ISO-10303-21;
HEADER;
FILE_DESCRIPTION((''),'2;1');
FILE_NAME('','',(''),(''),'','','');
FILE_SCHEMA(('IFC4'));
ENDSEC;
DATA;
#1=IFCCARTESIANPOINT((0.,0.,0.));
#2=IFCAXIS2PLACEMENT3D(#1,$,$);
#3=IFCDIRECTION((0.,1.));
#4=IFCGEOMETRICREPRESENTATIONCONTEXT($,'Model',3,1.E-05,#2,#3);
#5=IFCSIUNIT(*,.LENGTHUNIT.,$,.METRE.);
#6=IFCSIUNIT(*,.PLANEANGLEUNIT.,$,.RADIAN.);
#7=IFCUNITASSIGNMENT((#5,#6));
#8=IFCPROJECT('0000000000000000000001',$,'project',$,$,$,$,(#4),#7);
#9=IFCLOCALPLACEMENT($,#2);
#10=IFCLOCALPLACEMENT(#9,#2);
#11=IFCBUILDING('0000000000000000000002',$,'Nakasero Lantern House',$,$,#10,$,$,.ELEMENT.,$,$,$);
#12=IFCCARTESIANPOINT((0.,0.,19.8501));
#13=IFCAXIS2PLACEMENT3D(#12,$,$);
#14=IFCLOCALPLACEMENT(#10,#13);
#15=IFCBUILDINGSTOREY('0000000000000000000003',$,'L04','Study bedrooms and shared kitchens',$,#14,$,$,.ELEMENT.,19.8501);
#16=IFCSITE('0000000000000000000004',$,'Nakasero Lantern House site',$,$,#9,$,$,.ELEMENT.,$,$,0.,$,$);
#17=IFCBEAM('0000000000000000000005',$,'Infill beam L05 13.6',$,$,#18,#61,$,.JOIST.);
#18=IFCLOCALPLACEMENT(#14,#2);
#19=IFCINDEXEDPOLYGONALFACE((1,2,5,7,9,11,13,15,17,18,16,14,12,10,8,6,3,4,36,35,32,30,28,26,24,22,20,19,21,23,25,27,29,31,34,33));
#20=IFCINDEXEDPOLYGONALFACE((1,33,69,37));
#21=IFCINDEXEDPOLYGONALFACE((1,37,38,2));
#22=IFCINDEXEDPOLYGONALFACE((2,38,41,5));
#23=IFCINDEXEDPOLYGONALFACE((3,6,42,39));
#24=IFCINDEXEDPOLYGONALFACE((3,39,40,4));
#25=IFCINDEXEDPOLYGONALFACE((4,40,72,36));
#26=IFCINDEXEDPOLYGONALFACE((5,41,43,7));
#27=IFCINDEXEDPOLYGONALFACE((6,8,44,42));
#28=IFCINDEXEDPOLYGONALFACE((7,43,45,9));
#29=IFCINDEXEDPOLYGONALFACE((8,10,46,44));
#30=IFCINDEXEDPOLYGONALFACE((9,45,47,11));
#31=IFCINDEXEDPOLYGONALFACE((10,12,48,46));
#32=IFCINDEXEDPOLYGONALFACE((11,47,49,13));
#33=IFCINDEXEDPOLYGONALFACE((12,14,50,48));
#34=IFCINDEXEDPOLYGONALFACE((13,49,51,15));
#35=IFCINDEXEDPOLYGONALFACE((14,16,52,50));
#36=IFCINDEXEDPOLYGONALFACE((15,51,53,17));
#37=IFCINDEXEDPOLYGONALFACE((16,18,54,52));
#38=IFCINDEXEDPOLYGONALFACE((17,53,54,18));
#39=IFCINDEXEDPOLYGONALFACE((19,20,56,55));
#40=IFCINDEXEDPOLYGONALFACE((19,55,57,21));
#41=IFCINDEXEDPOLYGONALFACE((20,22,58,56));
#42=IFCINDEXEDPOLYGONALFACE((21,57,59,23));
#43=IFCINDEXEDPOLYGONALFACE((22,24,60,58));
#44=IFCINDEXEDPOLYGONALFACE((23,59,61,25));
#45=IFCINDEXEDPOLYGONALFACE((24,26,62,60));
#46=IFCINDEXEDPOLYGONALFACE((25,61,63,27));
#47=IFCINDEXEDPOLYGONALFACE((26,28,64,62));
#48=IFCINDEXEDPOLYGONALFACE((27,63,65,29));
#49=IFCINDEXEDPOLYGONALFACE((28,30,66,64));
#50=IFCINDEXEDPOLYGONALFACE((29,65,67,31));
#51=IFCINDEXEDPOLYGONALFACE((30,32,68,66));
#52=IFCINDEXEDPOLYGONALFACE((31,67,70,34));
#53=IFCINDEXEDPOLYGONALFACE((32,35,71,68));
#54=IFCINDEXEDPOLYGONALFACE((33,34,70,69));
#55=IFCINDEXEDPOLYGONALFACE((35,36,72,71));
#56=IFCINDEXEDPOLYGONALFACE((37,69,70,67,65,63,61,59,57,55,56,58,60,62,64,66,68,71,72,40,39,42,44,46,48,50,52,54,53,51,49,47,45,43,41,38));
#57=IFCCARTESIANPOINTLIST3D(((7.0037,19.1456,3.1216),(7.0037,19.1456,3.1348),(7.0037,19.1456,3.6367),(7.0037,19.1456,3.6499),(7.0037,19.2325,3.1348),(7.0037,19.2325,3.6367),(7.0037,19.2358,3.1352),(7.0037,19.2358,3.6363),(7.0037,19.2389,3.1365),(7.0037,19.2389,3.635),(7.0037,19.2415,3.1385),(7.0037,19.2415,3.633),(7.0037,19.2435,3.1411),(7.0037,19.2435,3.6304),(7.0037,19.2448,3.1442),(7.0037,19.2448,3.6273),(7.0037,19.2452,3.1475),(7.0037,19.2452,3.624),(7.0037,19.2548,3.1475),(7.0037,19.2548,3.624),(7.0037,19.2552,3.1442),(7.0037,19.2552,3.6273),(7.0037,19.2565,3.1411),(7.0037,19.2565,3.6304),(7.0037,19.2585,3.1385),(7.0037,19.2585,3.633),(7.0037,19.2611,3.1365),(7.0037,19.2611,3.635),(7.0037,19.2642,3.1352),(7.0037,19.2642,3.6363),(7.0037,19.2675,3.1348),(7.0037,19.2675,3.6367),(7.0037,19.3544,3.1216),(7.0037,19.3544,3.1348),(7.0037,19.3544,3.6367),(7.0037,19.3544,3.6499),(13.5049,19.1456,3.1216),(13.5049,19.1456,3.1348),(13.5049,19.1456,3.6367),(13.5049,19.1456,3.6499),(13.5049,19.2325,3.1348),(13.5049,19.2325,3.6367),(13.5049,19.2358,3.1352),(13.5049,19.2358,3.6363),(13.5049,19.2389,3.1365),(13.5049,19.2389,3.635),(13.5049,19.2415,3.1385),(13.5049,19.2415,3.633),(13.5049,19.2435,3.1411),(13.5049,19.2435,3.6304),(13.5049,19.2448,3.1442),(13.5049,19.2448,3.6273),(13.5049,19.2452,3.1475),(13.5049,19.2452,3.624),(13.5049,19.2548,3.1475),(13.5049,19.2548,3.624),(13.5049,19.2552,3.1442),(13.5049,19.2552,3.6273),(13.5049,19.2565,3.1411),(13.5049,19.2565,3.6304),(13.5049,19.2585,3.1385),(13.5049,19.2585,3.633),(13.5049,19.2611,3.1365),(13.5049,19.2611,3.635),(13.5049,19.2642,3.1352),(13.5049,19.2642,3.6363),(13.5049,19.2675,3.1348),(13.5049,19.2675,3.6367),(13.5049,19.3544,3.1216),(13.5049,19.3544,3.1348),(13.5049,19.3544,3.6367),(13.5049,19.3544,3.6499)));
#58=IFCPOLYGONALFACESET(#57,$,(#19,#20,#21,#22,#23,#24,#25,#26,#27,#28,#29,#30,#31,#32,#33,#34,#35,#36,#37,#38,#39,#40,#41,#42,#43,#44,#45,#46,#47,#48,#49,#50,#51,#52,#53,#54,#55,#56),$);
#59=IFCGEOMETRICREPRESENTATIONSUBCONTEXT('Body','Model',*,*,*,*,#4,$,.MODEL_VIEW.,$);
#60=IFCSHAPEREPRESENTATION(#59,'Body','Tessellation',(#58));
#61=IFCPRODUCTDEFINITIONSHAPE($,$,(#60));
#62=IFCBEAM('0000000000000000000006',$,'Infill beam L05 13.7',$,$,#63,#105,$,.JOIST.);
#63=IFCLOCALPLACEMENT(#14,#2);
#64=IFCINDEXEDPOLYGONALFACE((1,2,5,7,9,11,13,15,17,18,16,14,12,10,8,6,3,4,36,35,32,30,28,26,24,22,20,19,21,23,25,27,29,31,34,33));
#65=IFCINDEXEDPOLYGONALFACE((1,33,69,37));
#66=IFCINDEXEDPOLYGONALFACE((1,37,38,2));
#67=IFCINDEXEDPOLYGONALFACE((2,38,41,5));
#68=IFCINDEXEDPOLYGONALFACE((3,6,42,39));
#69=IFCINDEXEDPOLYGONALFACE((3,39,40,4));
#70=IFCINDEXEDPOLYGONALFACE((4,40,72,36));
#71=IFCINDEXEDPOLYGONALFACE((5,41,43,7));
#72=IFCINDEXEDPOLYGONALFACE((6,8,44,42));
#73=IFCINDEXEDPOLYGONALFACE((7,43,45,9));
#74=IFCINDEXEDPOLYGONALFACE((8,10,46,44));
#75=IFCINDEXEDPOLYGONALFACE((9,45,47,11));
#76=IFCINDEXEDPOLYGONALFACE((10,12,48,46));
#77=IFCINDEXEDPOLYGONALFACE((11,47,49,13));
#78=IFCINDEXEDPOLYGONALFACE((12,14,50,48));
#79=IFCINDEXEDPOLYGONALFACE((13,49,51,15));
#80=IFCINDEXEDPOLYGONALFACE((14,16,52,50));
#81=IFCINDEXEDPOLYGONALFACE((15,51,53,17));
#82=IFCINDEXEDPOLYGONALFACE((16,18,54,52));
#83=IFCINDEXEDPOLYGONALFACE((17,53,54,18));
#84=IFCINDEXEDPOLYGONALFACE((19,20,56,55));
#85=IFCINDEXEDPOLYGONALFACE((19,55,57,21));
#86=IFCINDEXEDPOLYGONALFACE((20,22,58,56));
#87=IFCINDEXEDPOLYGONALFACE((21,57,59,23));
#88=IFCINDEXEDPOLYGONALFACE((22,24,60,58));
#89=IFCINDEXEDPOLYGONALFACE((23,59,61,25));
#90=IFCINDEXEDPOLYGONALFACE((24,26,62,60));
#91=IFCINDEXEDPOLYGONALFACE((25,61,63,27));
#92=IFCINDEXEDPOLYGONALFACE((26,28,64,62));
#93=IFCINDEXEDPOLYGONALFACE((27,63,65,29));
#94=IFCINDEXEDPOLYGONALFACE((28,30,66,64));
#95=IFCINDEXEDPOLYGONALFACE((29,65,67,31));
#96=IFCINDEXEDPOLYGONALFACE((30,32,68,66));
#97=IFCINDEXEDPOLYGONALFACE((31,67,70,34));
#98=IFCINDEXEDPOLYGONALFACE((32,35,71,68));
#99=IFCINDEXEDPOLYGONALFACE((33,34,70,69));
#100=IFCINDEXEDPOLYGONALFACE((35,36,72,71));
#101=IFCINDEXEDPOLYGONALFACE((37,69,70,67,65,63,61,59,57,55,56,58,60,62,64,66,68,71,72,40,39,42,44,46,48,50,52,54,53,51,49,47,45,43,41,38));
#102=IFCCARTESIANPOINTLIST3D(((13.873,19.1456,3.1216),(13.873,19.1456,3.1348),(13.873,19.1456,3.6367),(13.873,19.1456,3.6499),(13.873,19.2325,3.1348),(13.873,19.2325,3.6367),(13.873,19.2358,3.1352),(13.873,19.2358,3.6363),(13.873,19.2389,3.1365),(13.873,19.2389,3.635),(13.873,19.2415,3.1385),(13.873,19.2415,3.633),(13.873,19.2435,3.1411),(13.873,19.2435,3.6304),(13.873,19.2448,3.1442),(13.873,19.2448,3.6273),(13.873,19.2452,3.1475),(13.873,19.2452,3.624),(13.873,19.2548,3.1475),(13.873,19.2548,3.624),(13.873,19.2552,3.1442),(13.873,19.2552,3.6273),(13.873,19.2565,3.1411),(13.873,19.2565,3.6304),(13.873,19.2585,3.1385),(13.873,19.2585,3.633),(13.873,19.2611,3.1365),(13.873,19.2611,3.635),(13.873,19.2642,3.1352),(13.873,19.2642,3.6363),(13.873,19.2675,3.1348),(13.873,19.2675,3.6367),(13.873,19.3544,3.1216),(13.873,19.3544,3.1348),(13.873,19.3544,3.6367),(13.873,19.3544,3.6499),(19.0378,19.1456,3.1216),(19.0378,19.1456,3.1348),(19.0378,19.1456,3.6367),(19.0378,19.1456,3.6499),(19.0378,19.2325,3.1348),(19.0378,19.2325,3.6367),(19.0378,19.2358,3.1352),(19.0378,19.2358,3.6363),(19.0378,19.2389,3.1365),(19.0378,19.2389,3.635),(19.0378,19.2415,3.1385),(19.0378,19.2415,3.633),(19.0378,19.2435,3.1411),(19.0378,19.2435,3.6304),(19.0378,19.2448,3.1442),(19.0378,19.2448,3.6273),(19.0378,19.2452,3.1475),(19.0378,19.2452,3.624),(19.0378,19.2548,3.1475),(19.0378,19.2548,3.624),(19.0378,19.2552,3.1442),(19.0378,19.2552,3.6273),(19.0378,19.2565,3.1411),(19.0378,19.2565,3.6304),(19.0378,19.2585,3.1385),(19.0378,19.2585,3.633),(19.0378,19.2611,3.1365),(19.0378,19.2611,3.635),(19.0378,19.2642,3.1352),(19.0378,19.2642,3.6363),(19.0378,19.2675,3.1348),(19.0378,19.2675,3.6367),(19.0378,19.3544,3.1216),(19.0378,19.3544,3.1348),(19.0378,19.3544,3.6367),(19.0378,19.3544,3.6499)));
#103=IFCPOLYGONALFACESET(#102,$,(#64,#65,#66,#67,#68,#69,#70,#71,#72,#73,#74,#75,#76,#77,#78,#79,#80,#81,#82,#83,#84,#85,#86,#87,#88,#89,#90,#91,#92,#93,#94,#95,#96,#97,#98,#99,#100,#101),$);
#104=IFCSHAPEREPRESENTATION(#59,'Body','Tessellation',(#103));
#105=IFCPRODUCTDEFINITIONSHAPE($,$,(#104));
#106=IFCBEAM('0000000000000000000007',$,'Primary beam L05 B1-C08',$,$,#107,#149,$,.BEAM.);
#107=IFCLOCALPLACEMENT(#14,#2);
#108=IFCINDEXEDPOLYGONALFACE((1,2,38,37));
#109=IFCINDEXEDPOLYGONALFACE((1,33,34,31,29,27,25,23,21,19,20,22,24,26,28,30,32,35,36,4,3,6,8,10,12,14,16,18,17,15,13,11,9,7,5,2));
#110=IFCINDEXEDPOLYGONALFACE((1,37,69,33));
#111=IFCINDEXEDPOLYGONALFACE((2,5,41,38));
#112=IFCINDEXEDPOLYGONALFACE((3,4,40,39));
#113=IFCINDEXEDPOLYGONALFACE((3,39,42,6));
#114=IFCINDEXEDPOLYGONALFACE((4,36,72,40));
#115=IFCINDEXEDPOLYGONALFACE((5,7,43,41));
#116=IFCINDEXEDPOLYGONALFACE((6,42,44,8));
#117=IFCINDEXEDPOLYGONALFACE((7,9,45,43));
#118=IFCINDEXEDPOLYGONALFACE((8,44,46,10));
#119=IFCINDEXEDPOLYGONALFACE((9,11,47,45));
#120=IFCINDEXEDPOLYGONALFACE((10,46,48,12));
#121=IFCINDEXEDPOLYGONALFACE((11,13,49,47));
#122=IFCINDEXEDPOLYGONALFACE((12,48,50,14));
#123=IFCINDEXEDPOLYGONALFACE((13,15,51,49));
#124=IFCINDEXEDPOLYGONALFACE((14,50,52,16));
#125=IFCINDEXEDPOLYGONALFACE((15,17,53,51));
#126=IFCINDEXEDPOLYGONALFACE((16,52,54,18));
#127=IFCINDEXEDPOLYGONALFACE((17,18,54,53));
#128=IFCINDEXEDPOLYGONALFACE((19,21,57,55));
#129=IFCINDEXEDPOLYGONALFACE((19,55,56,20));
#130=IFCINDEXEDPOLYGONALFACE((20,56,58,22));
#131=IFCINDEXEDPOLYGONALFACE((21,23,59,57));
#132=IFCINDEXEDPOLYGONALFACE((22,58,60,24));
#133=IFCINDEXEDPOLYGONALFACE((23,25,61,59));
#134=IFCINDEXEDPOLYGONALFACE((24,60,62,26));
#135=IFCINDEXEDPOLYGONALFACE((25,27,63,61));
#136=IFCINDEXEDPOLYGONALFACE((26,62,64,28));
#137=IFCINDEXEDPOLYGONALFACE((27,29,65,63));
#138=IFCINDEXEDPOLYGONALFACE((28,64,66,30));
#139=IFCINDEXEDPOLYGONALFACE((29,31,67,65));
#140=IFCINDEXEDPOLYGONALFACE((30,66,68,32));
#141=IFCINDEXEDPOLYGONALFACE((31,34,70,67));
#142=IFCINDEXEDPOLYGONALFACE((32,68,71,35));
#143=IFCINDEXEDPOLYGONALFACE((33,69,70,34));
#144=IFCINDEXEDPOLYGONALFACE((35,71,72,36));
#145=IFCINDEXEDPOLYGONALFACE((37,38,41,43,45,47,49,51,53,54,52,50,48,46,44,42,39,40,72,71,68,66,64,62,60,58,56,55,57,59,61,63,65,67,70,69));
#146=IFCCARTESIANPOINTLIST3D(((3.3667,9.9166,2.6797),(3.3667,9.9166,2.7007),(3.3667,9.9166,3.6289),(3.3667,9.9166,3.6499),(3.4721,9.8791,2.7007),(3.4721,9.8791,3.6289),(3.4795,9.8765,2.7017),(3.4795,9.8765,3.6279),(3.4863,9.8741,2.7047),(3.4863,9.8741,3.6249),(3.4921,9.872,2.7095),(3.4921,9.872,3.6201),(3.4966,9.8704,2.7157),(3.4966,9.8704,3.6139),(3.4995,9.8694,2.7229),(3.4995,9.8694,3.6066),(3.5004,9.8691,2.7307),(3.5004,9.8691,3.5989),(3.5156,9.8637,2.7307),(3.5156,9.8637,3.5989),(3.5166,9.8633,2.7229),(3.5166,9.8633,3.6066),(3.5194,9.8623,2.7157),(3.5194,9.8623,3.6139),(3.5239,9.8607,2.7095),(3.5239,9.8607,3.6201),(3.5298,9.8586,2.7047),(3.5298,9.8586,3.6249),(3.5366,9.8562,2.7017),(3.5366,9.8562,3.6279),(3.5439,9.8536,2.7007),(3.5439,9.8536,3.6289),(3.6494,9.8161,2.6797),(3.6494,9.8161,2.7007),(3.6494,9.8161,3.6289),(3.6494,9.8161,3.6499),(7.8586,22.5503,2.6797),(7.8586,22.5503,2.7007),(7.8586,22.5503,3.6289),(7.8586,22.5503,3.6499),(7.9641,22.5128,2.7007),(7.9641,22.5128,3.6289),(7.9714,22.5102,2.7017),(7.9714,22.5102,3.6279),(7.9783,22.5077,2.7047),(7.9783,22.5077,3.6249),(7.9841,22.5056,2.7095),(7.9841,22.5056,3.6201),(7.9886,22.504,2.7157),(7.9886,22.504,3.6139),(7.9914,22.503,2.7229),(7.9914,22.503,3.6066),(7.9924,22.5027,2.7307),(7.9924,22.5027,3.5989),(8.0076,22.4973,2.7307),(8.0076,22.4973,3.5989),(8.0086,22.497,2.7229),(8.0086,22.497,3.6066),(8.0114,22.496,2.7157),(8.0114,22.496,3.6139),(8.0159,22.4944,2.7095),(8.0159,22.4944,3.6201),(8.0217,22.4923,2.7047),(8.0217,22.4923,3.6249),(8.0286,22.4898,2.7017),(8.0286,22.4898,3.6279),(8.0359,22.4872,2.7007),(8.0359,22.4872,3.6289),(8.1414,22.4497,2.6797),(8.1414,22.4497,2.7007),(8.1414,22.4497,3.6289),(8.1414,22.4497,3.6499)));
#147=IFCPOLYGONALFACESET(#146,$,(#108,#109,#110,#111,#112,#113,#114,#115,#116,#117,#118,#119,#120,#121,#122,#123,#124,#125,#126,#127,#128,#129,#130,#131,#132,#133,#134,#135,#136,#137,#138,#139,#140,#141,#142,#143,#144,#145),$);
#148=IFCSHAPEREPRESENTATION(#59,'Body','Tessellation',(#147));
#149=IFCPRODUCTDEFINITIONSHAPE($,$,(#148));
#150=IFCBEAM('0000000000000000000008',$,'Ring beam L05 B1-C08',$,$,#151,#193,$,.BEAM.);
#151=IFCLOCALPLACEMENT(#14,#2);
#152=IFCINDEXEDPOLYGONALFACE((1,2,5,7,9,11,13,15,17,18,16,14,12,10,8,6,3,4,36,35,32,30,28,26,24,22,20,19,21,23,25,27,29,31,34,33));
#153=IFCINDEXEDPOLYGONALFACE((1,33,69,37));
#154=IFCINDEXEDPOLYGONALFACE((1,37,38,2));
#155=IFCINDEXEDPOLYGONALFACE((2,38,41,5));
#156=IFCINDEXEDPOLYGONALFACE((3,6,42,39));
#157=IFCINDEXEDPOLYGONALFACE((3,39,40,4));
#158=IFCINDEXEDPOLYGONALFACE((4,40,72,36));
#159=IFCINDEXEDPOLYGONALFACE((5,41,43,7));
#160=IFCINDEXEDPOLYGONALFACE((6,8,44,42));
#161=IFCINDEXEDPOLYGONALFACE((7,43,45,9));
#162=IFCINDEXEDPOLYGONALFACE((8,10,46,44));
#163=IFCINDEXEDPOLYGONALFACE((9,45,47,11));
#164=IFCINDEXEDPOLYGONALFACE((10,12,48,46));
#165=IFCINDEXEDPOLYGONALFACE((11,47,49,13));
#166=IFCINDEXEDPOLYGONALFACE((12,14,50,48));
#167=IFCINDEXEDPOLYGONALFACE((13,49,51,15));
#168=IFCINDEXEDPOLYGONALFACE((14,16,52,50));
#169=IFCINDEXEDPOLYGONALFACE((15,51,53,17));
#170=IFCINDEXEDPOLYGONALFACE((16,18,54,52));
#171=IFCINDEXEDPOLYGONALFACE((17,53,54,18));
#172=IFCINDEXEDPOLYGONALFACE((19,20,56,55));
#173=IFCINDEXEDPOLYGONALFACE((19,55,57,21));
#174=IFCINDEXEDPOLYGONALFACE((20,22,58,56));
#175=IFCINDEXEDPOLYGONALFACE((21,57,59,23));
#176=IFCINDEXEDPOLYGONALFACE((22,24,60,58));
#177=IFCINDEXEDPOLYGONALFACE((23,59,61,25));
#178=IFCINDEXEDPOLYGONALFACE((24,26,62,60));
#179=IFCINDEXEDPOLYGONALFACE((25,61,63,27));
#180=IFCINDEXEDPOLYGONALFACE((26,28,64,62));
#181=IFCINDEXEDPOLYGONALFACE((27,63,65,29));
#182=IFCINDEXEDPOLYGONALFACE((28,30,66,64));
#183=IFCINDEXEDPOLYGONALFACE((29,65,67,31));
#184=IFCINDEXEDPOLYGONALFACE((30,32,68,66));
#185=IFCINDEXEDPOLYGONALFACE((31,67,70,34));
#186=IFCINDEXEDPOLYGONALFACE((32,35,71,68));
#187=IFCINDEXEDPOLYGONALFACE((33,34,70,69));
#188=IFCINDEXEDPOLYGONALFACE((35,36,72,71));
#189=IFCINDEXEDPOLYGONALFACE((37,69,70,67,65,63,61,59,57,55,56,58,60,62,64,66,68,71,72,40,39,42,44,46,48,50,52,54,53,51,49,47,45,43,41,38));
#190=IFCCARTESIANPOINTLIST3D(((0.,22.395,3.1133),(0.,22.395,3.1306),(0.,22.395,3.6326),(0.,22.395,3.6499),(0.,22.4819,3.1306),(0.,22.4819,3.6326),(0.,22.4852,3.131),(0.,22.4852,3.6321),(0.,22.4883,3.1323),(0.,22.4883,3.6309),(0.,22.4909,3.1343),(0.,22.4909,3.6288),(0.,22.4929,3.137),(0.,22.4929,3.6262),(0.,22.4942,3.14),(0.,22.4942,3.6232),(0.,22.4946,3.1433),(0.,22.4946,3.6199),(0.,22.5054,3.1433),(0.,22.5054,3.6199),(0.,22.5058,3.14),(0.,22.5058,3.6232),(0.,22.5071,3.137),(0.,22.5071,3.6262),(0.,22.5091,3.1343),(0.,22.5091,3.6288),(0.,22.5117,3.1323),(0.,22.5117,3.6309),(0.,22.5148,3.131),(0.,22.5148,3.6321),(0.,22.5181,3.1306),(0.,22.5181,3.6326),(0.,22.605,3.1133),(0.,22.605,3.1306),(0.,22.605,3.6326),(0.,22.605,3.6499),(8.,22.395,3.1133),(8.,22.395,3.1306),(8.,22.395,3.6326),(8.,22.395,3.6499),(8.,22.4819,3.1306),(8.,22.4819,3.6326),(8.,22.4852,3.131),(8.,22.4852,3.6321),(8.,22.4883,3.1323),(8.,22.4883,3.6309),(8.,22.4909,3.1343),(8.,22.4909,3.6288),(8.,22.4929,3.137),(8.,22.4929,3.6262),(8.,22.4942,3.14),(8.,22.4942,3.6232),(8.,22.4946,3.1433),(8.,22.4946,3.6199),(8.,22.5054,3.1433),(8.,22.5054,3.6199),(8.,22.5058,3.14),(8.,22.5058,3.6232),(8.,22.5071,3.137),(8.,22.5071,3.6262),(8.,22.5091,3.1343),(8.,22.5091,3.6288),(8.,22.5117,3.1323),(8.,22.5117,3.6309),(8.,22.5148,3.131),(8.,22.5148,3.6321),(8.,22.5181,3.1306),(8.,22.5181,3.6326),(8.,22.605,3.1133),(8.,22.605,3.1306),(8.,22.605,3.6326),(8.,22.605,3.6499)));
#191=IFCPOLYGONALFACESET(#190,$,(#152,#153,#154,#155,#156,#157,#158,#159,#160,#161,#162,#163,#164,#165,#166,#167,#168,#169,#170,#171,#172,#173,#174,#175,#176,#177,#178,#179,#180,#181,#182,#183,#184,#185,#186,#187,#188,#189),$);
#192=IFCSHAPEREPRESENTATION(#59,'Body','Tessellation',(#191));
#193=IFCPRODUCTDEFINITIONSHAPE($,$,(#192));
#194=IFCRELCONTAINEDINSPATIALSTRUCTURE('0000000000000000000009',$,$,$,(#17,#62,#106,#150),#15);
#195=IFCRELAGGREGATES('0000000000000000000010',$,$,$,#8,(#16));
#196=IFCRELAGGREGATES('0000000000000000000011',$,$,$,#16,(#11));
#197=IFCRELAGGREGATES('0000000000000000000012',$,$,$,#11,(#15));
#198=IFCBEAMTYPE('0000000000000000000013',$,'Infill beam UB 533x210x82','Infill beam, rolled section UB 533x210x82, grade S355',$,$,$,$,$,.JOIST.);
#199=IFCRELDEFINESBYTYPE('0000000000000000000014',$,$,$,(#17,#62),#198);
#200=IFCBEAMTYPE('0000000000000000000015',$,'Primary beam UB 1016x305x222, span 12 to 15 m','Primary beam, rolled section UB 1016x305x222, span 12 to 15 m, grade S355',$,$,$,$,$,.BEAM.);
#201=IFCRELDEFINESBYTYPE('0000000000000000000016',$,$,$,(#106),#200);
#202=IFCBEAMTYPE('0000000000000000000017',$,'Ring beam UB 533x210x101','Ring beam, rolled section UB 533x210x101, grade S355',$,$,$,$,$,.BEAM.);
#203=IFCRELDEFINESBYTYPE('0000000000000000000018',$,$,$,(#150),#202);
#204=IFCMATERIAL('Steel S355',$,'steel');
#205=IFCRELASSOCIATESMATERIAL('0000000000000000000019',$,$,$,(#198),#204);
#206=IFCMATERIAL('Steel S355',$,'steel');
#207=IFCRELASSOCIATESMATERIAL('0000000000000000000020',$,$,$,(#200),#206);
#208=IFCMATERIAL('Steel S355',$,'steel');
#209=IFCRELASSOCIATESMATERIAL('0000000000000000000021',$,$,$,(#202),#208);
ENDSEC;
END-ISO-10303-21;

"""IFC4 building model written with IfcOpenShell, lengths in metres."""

from ifc_helpers import new_model, si_unit, direction, frame, origin, origin_2d, place, context, subcontext, project, spatial, i_section, extrude, material, material_profile, profile_set, type_object, element, save


model = new_model("IFC4")

# Units and contexts
model_context = context("Model", 3, precision=1e-05, world=origin(), true_north=direction((0.0, 1.0)))
body_context = subcontext(model_context, "Body", "Model", "MODEL_VIEW")
ifc_project = project(units=[si_unit("LENGTHUNIT", "METRE"), si_unit("PLANEANGLEUNIT", "RADIAN")], contexts=[model_context])

# Site, building, storey
site_placement = place(None, origin())
site = spatial("IfcSite", under=ifc_project, at=site_placement, Name="Nakasero Lantern House site", CompositionType="ELEMENT", RefElevation=0.0)
building_placement = place(site_placement, origin())
building = spatial("IfcBuilding", under=site, at=building_placement, Name="Nakasero Lantern House", CompositionType="ELEMENT")
storey_placement = place(building_placement, frame((0.0, 0.0, 19.8501)))
storey = spatial("IfcBuildingStorey", under=building, at=storey_placement, Name="L04", Description="Study bedrooms and shared kitchens", CompositionType="ELEMENT", Elevation=19.8501)

# Beams
ifc_material_1 = material(Name="Steel S355", Category="steel")
ifc_material_profile_1 = material_profile(ifc_material_1, i_section(OverallWidth=0.2087, OverallDepth=0.5283, WebThickness=0.0095, FlangeThickness=0.0132, FilletRadius=0.0127, at=origin_2d()), Name="UB 533x210x82")
ifc_profile_set_1 = profile_set([ifc_material_profile_1], Name="Steel S355")
beam_type_1 = type_object("IfcBeamType", Name="Infill beam UB 533x210x82", Description="Infill beam, rolled section UB 533x210x82, grade S355", PredefinedType="JOIST", material=ifc_profile_set_1)
beam_1_placement = place(storey_placement, frame((7.0037, 19.25, 3.3857), z_axis=(1.0, 0.0, 0.0), x_axis=(0.0, 1.0, 0.0)))
element("IfcBeam", 1, at=beam_1_placement, inside=storey, type_object=beam_type_1, Name="Infill beam L05 13.6", PredefinedType="JOIST", context=body_context, shape_type="SweptSolid", body=[
    extrude(i_section(OverallWidth=0.2087, OverallDepth=0.5283, WebThickness=0.0095, FlangeThickness=0.0132, FilletRadius=0.0127, at=origin_2d()), origin(), (0.0, 0.0, 1.0), 6.5012),
])
beam_2_placement = place(storey_placement, frame((13.873, 19.25, 3.3857), z_axis=(1.0, 0.0, 0.0), x_axis=(0.0, 1.0, 0.0)))
element("IfcBeam", 2, at=beam_2_placement, inside=storey, type_object=beam_type_1, Name="Infill beam L05 13.7", PredefinedType="JOIST", context=body_context, shape_type="SweptSolid", body=[
    extrude(i_section(OverallWidth=0.2087, OverallDepth=0.5283, WebThickness=0.0095, FlangeThickness=0.0132, FilletRadius=0.0127, at=origin_2d()), origin(), (0.0, 0.0, 1.0), 5.1648),
])
ifc_material_2 = material(Name="Steel S355", Category="steel")
ifc_material_profile_2 = material_profile(ifc_material_2, i_section(OverallWidth=0.3, OverallDepth=0.9702, WebThickness=0.0161, FlangeThickness=0.021, FilletRadius=0.03, at=origin_2d()), Name="UB 1016x305x222")
ifc_profile_set_2 = profile_set([ifc_material_profile_2], Name="Steel S355")
beam_type_2 = type_object("IfcBeamType", Name="Primary beam UB 1016x305x222, span 12 to 15 m", Description="Primary beam, rolled section UB 1016x305x222, span 12 to 15 m, grade S355", PredefinedType="BEAM", material=ifc_profile_set_2)
beam_3_placement = place(storey_placement, frame((8.0, 22.5, 3.1648), z_axis=(-0.335011, -0.942214, 0.0), x_axis=(0.942214, -0.335011, 0.0)))
element("IfcBeam", 3, at=beam_3_placement, inside=storey, type_object=beam_type_2, Name="Primary beam L05 B1-C08", PredefinedType="BEAM", context=body_context, shape_type="SweptSolid", body=[
    extrude(i_section(OverallWidth=0.3, OverallDepth=0.9702, WebThickness=0.0161, FlangeThickness=0.021, FilletRadius=0.03, at=origin_2d()), origin(), (0.0, 0.0, 1.0), 13.4084),
])
ifc_material_3 = material(Name="Steel S355", Category="steel")
ifc_material_profile_3 = material_profile(ifc_material_3, i_section(OverallWidth=0.21, OverallDepth=0.5366, WebThickness=0.0107, FlangeThickness=0.0173, FilletRadius=0.0127, at=origin_2d()), Name="UB 533x210x101")
ifc_profile_set_3 = profile_set([ifc_material_profile_3], Name="Steel S355")
beam_type_3 = type_object("IfcBeamType", Name="Ring beam UB 533x210x101", Description="Ring beam, rolled section UB 533x210x101, grade S355", PredefinedType="BEAM", material=ifc_profile_set_3)
beam_4_placement = place(storey_placement, frame((8.0, 22.5, 3.3816), z_axis=(-1.0, 0.0, 0.0), x_axis=(0.0, -1.0, 0.0)))
element("IfcBeam", 4, at=beam_4_placement, inside=storey, type_object=beam_type_3, Name="Ring beam L05 B1-C08", PredefinedType="BEAM", context=body_context, shape_type="SweptSolid", body=[
    extrude(i_section(OverallWidth=0.21, OverallDepth=0.5366, WebThickness=0.0107, FlangeThickness=0.0173, FilletRadius=0.0127, at=origin_2d()), origin(), (0.0, 0.0, 1.0), 8.0),
])

save(model, "model.ifc")
